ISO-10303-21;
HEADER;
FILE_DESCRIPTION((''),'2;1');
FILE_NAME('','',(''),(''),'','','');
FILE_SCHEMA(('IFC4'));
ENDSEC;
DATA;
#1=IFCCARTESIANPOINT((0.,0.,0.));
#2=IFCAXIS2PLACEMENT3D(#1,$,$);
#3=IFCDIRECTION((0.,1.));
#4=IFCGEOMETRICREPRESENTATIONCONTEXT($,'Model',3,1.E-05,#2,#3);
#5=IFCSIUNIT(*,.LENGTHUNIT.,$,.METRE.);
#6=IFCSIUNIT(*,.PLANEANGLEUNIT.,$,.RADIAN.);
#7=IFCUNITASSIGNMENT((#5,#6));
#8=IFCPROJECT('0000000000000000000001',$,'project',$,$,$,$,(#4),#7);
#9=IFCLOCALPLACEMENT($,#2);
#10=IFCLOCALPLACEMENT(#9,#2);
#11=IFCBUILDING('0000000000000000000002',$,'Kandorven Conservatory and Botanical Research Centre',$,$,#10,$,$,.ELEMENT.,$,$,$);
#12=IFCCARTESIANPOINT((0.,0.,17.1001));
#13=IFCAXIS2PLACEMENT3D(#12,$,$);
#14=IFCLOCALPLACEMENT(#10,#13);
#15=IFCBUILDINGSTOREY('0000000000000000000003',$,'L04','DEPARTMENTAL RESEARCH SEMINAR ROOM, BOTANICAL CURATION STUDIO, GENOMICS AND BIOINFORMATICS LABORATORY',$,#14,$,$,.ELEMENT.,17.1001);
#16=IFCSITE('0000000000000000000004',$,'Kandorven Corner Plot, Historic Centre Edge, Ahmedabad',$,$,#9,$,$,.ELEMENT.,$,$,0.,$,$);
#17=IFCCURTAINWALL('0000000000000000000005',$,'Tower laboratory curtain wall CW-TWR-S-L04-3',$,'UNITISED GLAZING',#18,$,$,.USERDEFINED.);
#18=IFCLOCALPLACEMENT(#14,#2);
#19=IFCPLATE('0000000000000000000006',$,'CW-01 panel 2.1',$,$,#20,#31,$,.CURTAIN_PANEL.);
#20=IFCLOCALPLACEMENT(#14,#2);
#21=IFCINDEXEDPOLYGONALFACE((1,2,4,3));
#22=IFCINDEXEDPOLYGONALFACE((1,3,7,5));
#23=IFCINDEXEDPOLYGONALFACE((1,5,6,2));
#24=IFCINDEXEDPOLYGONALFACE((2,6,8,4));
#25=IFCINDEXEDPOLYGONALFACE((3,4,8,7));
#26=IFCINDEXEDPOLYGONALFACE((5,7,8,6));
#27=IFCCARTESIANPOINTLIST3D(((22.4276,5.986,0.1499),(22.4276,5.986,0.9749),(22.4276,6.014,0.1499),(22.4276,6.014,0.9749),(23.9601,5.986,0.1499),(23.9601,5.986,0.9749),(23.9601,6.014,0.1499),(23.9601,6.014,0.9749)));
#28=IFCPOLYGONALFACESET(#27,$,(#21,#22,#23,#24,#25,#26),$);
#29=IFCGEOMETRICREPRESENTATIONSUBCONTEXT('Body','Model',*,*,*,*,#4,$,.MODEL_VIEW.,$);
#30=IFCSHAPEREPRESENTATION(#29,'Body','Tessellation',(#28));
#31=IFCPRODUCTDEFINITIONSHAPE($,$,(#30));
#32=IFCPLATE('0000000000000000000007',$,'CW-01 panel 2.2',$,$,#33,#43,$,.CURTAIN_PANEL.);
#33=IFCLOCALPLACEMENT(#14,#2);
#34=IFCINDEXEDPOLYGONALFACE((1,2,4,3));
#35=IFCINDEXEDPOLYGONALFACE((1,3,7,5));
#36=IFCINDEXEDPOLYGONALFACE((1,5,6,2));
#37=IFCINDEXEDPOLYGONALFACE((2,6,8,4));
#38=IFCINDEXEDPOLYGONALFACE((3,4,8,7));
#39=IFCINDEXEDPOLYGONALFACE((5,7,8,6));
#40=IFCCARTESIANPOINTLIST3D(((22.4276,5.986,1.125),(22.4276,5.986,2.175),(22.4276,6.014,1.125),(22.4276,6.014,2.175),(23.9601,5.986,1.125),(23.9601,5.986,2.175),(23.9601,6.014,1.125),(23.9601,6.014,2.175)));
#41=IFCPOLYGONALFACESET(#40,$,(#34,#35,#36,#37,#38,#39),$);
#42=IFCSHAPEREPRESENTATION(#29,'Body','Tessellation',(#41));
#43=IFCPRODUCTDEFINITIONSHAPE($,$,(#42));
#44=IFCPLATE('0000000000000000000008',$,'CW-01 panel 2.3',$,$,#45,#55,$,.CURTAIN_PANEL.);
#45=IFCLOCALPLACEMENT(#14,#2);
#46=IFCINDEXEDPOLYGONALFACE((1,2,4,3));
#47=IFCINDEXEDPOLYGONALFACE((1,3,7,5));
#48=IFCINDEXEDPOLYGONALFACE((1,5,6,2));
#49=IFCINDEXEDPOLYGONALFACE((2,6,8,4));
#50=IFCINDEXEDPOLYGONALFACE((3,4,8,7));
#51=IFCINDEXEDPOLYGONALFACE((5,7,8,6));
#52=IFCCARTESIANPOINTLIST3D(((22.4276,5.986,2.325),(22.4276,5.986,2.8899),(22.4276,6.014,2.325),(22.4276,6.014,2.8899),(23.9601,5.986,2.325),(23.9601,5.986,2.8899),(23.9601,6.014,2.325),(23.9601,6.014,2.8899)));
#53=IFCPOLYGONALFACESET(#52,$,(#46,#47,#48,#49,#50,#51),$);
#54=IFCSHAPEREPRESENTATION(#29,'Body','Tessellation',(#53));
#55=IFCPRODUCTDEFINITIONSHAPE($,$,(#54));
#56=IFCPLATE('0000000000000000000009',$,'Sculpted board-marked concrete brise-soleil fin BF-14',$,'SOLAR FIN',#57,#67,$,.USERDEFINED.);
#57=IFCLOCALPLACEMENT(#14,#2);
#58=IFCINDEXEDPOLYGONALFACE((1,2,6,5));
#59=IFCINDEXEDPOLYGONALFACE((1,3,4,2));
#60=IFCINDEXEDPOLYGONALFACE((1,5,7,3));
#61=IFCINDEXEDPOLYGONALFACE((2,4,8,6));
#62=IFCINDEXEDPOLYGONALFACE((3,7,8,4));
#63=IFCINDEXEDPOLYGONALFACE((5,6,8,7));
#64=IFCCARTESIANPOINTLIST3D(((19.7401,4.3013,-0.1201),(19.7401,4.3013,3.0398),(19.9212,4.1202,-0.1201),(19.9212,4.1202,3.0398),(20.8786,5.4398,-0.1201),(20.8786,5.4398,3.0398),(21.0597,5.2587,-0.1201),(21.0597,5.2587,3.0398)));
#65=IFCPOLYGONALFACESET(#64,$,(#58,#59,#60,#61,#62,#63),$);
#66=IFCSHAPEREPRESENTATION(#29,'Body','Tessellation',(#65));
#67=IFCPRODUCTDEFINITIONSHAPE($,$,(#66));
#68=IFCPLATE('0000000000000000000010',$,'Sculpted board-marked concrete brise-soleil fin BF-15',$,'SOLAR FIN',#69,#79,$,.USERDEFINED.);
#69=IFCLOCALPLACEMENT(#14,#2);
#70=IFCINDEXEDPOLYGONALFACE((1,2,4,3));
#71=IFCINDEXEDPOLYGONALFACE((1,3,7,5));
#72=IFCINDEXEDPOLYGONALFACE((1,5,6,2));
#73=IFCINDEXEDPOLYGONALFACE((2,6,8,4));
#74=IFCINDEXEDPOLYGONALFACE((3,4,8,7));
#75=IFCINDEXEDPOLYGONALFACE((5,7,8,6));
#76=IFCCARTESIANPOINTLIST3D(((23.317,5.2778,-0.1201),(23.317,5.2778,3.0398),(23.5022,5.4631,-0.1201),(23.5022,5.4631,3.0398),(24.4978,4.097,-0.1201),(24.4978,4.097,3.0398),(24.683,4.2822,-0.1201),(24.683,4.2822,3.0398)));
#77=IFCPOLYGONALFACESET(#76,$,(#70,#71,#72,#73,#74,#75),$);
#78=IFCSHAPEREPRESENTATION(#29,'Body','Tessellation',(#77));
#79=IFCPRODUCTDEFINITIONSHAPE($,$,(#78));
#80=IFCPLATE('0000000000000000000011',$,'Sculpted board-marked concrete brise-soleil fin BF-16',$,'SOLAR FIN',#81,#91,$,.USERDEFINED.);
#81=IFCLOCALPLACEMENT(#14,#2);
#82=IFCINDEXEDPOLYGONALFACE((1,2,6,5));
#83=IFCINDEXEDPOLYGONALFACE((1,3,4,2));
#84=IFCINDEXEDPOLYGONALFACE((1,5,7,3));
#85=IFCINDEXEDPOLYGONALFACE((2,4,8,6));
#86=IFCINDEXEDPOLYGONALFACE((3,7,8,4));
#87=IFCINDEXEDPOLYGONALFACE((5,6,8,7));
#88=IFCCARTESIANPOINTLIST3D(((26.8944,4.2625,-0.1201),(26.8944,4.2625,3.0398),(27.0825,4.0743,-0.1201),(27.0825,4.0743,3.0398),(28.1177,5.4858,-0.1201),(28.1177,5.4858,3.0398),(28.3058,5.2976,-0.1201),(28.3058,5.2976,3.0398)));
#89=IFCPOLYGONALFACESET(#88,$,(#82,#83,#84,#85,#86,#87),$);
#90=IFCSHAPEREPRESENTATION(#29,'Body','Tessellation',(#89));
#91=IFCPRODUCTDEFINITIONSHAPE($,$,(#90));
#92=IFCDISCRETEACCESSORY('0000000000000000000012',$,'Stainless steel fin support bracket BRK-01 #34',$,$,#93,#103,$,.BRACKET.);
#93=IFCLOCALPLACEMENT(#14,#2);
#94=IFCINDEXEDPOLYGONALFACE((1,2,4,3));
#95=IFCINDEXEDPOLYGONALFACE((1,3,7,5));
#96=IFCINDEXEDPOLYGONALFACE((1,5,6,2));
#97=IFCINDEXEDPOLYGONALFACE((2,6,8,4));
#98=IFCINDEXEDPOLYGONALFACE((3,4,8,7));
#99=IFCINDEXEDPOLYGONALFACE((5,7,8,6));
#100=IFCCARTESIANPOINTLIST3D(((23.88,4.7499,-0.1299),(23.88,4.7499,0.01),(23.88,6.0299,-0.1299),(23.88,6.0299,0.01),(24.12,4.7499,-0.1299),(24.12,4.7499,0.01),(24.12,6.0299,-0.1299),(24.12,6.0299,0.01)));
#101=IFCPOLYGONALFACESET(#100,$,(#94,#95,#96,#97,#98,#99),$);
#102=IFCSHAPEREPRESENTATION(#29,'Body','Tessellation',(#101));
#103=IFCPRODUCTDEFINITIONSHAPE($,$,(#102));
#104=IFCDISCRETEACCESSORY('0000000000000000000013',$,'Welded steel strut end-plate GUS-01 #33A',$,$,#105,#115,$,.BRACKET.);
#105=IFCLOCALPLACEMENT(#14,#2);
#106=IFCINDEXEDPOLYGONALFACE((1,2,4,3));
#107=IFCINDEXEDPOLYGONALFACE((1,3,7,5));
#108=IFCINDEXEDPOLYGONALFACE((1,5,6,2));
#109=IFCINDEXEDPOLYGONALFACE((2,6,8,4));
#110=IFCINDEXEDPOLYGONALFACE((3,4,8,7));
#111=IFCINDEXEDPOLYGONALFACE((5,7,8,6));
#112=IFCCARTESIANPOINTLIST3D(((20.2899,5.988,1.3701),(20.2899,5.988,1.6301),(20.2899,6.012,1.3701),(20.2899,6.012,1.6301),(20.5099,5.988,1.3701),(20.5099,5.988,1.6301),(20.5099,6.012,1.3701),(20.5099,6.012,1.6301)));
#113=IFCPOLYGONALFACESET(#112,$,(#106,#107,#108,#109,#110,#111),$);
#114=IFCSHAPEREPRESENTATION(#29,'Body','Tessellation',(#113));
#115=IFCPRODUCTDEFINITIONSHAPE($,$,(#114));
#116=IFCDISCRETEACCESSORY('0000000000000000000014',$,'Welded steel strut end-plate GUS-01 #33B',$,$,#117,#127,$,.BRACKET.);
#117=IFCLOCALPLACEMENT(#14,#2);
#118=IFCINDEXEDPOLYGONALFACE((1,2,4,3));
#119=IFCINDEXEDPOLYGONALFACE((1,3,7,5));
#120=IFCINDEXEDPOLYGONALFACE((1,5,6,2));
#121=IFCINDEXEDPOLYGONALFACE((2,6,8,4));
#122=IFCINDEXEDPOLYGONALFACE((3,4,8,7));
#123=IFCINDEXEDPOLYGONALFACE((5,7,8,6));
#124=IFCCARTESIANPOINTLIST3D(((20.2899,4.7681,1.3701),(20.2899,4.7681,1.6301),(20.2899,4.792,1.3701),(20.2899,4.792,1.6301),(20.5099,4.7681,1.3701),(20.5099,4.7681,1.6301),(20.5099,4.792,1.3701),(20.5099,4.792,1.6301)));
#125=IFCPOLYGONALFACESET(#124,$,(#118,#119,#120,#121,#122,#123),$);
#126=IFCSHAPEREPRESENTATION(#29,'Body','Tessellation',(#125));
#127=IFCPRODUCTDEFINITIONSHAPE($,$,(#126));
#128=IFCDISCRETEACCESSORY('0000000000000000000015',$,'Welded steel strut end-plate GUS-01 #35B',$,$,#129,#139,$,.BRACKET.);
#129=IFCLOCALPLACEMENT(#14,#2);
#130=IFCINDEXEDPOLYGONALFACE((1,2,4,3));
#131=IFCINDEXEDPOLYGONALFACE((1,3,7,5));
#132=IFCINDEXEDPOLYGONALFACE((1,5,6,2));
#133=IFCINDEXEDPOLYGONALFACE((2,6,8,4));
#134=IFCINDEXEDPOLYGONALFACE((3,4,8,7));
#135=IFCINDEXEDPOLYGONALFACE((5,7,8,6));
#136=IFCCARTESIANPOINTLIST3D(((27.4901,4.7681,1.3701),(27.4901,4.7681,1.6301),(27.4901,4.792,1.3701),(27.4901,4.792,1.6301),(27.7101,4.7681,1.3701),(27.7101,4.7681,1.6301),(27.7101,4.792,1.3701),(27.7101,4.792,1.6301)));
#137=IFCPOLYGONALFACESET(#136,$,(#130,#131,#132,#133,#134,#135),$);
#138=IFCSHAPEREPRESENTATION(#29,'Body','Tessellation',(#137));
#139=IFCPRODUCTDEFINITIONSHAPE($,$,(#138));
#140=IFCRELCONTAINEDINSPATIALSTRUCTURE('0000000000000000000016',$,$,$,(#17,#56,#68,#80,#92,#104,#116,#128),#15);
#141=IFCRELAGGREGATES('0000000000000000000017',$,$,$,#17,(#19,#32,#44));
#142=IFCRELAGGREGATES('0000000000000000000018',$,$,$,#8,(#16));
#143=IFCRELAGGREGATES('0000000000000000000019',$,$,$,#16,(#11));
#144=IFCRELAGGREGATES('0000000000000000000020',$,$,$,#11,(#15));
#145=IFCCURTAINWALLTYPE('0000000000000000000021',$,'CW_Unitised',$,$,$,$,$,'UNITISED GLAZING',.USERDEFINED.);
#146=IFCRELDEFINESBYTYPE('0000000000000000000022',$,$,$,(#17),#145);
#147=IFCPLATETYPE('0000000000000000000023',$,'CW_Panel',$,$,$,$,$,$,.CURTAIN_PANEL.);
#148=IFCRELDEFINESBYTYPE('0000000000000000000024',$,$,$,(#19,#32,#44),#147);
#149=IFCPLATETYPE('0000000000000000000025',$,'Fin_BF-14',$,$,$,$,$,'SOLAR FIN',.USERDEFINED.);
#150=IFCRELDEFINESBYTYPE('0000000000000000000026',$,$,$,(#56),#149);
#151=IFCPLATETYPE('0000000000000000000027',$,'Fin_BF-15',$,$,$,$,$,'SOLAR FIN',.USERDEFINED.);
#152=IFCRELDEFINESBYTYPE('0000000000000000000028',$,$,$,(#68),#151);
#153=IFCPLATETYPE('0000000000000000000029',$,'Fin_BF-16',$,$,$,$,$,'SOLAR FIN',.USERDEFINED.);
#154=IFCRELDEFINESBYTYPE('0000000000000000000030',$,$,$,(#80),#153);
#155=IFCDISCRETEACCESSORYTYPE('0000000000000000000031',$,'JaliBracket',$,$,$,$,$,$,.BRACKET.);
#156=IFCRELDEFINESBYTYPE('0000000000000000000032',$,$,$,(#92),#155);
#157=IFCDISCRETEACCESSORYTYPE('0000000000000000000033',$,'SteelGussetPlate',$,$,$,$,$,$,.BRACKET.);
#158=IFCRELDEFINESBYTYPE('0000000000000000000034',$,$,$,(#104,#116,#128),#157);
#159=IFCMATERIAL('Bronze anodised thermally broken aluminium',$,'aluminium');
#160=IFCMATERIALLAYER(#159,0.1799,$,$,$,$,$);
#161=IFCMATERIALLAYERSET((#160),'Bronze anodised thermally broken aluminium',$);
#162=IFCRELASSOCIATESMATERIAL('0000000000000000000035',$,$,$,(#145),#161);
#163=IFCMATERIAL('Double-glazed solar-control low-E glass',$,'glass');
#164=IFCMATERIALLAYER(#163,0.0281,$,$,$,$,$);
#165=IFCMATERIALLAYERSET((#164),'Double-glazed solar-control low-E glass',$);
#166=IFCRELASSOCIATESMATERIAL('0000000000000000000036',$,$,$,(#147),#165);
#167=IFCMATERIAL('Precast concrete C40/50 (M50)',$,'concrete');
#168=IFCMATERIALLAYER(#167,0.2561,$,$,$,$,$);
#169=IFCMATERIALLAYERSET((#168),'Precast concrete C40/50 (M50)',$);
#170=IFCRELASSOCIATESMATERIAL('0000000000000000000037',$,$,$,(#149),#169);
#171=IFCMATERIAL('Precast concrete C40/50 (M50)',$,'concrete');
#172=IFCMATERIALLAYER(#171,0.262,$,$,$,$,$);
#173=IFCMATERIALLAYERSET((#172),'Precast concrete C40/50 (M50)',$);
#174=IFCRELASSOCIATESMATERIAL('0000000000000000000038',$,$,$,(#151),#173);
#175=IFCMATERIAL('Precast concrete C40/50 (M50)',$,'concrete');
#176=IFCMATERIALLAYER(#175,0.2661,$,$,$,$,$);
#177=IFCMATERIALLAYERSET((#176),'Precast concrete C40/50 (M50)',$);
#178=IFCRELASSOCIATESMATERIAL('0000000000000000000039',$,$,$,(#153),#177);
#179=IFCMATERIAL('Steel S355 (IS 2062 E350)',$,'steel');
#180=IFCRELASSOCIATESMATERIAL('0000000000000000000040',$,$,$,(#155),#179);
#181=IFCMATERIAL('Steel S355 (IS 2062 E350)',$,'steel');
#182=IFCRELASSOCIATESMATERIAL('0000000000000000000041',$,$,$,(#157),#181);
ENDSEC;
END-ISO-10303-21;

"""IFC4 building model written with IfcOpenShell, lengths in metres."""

from ifc_helpers import new_model, si_unit, direction, frame, origin, origin_2d, place, context, subcontext, project, spatial, rectangle, extrude, material, layer, layer_set, type_object, element, aggregate, save


model = new_model("IFC4")

# Units and contexts
model_context = context("Model", 3, precision=1e-05, world=origin(), true_north=direction((0.0, 1.0)))
body_context = subcontext(model_context, "Body", "Model", "MODEL_VIEW")
ifc_project = project(units=[si_unit("LENGTHUNIT", "METRE"), si_unit("PLANEANGLEUNIT", "RADIAN")], contexts=[model_context])

# Site, building, storey
site_placement = place(None, origin())
site = spatial("IfcSite", under=ifc_project, at=site_placement, Name="Kandorven Corner Plot, Historic Centre Edge, Ahmedabad", CompositionType="ELEMENT", RefElevation=0.0)
building_placement = place(site_placement, origin())
building = spatial("IfcBuilding", under=site, at=building_placement, Name="Kandorven Conservatory and Botanical Research Centre", CompositionType="ELEMENT")
storey_placement = place(building_placement, frame((0.0, 0.0, 17.1001)))
storey = spatial("IfcBuildingStorey", under=building, at=storey_placement, Name="L04", Description="DEPARTMENTAL RESEARCH SEMINAR ROOM, BOTANICAL CURATION STUDIO, GENOMICS AND BIOINFORMATICS LABORATORY", CompositionType="ELEMENT", Elevation=17.1001)

# Shared definitions
ifc_material_1 = material(Name="Bronze anodised thermally broken aluminium", Category="aluminium")
ifc_layer_1 = layer(ifc_material_1, 0.1799)
ifc_layer_set_1 = layer_set([ifc_layer_1], Name="Bronze anodised thermally broken aluminium")
curtain_wall_type = type_object("IfcCurtainWallType", Name="CW_Unitised", ElementType="UNITISED GLAZING", PredefinedType="USERDEFINED", material=ifc_layer_set_1)

# Curtain wall
curtain_wall_1_placement = place(storey_placement, origin())
curtain_wall_1 = element("IfcCurtainWall", 1, at=curtain_wall_1_placement, inside=storey, type_object=curtain_wall_type, Name="Tower laboratory curtain wall CW-TWR-S-L04-3", ObjectType="UNITISED GLAZING", PredefinedType="USERDEFINED")

# Plates
ifc_material_2 = material(Name="Double-glazed solar-control low-E glass", Category="glass")
ifc_layer_2 = layer(ifc_material_2, 0.0281)
ifc_layer_set_2 = layer_set([ifc_layer_2], Name="Double-glazed solar-control low-E glass")
plate_type_1 = type_object("IfcPlateType", Name="CW_Panel", PredefinedType="CURTAIN_PANEL", material=ifc_layer_set_2)
plate_1_placement = place(storey_placement, frame((23.1938, 6.0, 0.1499), z_axis=(0.0, 0.0, 1.0), x_axis=(1.0, 0.0, 0.0)))
plate_1 = element("IfcPlate", 2, at=plate_1_placement, type_object=plate_type_1, Name="CW-01 panel 2.1", PredefinedType="CURTAIN_PANEL", context=body_context, shape_type="SweptSolid", body=[
    extrude(rectangle(XDim=1.5325, YDim=0.0281, at=origin_2d()), origin(), (0.0, 0.0, 1.0), 0.825),
])
plate_2_placement = place(storey_placement, frame((23.1938, 6.0, 1.125), z_axis=(0.0, 0.0, 1.0), x_axis=(1.0, 0.0, 0.0)))
plate_2 = element("IfcPlate", 3, at=plate_2_placement, type_object=plate_type_1, Name="CW-01 panel 2.2", PredefinedType="CURTAIN_PANEL", context=body_context, shape_type="SweptSolid", body=[
    extrude(rectangle(XDim=1.5325, YDim=0.0281, at=origin_2d()), origin(), (0.0, 0.0, 1.0), 1.05),
])
plate_3_placement = place(storey_placement, frame((23.1938, 6.0, 2.325), z_axis=(0.0, 0.0, 1.0), x_axis=(1.0, 0.0, 0.0)))
plate_3 = element("IfcPlate", 4, at=plate_3_placement, type_object=plate_type_1, Name="CW-01 panel 2.3", PredefinedType="CURTAIN_PANEL", context=body_context, shape_type="SweptSolid", body=[
    extrude(rectangle(XDim=1.5325, YDim=0.0281, at=origin_2d()), origin(), (0.0, 0.0, 1.0), 0.5649),
])
aggregate(curtain_wall_1, [plate_1, plate_2, plate_3])

# Plates
ifc_material_3 = material(Name="Precast concrete C40/50 (M50)", Category="concrete")
ifc_layer_3 = layer(ifc_material_3, 0.2561)
ifc_layer_set_3 = layer_set([ifc_layer_3], Name="Precast concrete C40/50 (M50)")
plate_type_2 = type_object("IfcPlateType", Name="Fin_BF-14", ElementType="SOLAR FIN", PredefinedType="USERDEFINED", material=ifc_layer_set_3)
plate_4_placement = place(storey_placement, frame((20.3999, 4.78, -0.1201), z_axis=(0.0, 0.0, 1.0), x_axis=(0.707107, 0.707107, 0.0)))
element("IfcPlate", 5, at=plate_4_placement, inside=storey, type_object=plate_type_2, Name="Sculpted board-marked concrete brise-soleil fin BF-14", ObjectType="SOLAR FIN", PredefinedType="USERDEFINED", context=body_context, shape_type="SweptSolid", body=[
    extrude(rectangle(XDim=1.6101, YDim=0.2561, at=origin_2d()), origin(), (0.0, 0.0, 1.0), 3.1599),
])
ifc_material_4 = material(Name="Precast concrete C40/50 (M50)", Category="concrete")
ifc_layer_4 = layer(ifc_material_4, 0.262)
ifc_layer_set_4 = layer_set([ifc_layer_4], Name="Precast concrete C40/50 (M50)")
plate_type_3 = type_object("IfcPlateType", Name="Fin_BF-15", ElementType="SOLAR FIN", PredefinedType="USERDEFINED", material=ifc_layer_set_4)
plate_5_placement = place(storey_placement, frame((24.0, 4.78, -0.1201), z_axis=(0.0, 0.0, 1.0), x_axis=(-0.707107, 0.707107, 0.0)))
element("IfcPlate", 6, at=plate_5_placement, inside=storey, type_object=plate_type_3, Name="Sculpted board-marked concrete brise-soleil fin BF-15", ObjectType="SOLAR FIN", PredefinedType="USERDEFINED", context=body_context, shape_type="SweptSolid", body=[
    extrude(rectangle(XDim=1.6699, YDim=0.262, at=origin_2d()), origin(), (0.0, 0.0, 1.0), 3.1599),
])
ifc_material_5 = material(Name="Precast concrete C40/50 (M50)", Category="concrete")
ifc_layer_5 = layer(ifc_material_5, 0.2661)
ifc_layer_set_5 = layer_set([ifc_layer_5], Name="Precast concrete C40/50 (M50)")
plate_type_4 = type_object("IfcPlateType", Name="Fin_BF-16", ElementType="SOLAR FIN", PredefinedType="USERDEFINED", material=ifc_layer_set_5)
plate_6_placement = place(storey_placement, frame((27.6001, 4.78, -0.1201), z_axis=(0.0, 0.0, 1.0), x_axis=(0.707107, 0.707107, 0.0)))
element("IfcPlate", 7, at=plate_6_placement, inside=storey, type_object=plate_type_4, Name="Sculpted board-marked concrete brise-soleil fin BF-16", ObjectType="SOLAR FIN", PredefinedType="USERDEFINED", context=body_context, shape_type="SweptSolid", body=[
    extrude(rectangle(XDim=1.73, YDim=0.2661, at=origin_2d()), origin(), (0.0, 0.0, 1.0), 3.1599),
])

# Discrete accessories
ifc_material_6 = material(Name="Steel S355 (IS 2062 E350)", Category="steel")
discrete_accessory_type_1 = type_object("IfcDiscreteAccessoryType", Name="JaliBracket", PredefinedType="BRACKET", material=ifc_material_6)
discrete_accessory_placement = place(storey_placement, frame((24.0, 5.3899, -0.1299), z_axis=(0.0, 0.0, 1.0), x_axis=(1.0, 0.0, 0.0)))
element("IfcDiscreteAccessory", 8, at=discrete_accessory_placement, inside=storey, type_object=discrete_accessory_type_1, Name="Stainless steel fin support bracket BRK-01 #34", PredefinedType="BRACKET", context=body_context, shape_type="SweptSolid", body=[
    extrude(rectangle(XDim=0.24, YDim=1.28, at=origin_2d()), origin(), (0.0, 0.0, 1.0), 0.1399),
])
ifc_material_7 = material(Name="Steel S355 (IS 2062 E350)", Category="steel")
discrete_accessory_type_2 = type_object("IfcDiscreteAccessoryType", Name="SteelGussetPlate", PredefinedType="BRACKET", material=ifc_material_7)
for number, where, z_axis, x_axis, name in (
    (9, (20.3999, 6.0, 1.3701), (0.0, 0.0, 1.0), (1.0, 0.0, 0.0), "Welded steel strut end-plate GUS-01 #33A"),
    (10, (20.3999, 4.78, 1.3701), (0.0, 0.0, 1.0), (1.0, 0.0, 0.0), "Welded steel strut end-plate GUS-01 #33B"),
    (11, (27.6001, 4.78, 1.3701), (0.0, 0.0, 1.0), (1.0, 0.0, 0.0), "Welded steel strut end-plate GUS-01 #35B"),
):
    element("IfcDiscreteAccessory", number, at=place(storey_placement, frame(where, z_axis=z_axis, x_axis=x_axis)), inside=storey, type_object=discrete_accessory_type_2, Name=name, PredefinedType="BRACKET", context=body_context, shape_type="SweptSolid", body=[
        extrude(rectangle(XDim=0.22, YDim=0.0239, at=origin_2d()), origin(), (0.0, 0.0, 1.0), 0.26),
    ])

save(model, "model.ifc")
